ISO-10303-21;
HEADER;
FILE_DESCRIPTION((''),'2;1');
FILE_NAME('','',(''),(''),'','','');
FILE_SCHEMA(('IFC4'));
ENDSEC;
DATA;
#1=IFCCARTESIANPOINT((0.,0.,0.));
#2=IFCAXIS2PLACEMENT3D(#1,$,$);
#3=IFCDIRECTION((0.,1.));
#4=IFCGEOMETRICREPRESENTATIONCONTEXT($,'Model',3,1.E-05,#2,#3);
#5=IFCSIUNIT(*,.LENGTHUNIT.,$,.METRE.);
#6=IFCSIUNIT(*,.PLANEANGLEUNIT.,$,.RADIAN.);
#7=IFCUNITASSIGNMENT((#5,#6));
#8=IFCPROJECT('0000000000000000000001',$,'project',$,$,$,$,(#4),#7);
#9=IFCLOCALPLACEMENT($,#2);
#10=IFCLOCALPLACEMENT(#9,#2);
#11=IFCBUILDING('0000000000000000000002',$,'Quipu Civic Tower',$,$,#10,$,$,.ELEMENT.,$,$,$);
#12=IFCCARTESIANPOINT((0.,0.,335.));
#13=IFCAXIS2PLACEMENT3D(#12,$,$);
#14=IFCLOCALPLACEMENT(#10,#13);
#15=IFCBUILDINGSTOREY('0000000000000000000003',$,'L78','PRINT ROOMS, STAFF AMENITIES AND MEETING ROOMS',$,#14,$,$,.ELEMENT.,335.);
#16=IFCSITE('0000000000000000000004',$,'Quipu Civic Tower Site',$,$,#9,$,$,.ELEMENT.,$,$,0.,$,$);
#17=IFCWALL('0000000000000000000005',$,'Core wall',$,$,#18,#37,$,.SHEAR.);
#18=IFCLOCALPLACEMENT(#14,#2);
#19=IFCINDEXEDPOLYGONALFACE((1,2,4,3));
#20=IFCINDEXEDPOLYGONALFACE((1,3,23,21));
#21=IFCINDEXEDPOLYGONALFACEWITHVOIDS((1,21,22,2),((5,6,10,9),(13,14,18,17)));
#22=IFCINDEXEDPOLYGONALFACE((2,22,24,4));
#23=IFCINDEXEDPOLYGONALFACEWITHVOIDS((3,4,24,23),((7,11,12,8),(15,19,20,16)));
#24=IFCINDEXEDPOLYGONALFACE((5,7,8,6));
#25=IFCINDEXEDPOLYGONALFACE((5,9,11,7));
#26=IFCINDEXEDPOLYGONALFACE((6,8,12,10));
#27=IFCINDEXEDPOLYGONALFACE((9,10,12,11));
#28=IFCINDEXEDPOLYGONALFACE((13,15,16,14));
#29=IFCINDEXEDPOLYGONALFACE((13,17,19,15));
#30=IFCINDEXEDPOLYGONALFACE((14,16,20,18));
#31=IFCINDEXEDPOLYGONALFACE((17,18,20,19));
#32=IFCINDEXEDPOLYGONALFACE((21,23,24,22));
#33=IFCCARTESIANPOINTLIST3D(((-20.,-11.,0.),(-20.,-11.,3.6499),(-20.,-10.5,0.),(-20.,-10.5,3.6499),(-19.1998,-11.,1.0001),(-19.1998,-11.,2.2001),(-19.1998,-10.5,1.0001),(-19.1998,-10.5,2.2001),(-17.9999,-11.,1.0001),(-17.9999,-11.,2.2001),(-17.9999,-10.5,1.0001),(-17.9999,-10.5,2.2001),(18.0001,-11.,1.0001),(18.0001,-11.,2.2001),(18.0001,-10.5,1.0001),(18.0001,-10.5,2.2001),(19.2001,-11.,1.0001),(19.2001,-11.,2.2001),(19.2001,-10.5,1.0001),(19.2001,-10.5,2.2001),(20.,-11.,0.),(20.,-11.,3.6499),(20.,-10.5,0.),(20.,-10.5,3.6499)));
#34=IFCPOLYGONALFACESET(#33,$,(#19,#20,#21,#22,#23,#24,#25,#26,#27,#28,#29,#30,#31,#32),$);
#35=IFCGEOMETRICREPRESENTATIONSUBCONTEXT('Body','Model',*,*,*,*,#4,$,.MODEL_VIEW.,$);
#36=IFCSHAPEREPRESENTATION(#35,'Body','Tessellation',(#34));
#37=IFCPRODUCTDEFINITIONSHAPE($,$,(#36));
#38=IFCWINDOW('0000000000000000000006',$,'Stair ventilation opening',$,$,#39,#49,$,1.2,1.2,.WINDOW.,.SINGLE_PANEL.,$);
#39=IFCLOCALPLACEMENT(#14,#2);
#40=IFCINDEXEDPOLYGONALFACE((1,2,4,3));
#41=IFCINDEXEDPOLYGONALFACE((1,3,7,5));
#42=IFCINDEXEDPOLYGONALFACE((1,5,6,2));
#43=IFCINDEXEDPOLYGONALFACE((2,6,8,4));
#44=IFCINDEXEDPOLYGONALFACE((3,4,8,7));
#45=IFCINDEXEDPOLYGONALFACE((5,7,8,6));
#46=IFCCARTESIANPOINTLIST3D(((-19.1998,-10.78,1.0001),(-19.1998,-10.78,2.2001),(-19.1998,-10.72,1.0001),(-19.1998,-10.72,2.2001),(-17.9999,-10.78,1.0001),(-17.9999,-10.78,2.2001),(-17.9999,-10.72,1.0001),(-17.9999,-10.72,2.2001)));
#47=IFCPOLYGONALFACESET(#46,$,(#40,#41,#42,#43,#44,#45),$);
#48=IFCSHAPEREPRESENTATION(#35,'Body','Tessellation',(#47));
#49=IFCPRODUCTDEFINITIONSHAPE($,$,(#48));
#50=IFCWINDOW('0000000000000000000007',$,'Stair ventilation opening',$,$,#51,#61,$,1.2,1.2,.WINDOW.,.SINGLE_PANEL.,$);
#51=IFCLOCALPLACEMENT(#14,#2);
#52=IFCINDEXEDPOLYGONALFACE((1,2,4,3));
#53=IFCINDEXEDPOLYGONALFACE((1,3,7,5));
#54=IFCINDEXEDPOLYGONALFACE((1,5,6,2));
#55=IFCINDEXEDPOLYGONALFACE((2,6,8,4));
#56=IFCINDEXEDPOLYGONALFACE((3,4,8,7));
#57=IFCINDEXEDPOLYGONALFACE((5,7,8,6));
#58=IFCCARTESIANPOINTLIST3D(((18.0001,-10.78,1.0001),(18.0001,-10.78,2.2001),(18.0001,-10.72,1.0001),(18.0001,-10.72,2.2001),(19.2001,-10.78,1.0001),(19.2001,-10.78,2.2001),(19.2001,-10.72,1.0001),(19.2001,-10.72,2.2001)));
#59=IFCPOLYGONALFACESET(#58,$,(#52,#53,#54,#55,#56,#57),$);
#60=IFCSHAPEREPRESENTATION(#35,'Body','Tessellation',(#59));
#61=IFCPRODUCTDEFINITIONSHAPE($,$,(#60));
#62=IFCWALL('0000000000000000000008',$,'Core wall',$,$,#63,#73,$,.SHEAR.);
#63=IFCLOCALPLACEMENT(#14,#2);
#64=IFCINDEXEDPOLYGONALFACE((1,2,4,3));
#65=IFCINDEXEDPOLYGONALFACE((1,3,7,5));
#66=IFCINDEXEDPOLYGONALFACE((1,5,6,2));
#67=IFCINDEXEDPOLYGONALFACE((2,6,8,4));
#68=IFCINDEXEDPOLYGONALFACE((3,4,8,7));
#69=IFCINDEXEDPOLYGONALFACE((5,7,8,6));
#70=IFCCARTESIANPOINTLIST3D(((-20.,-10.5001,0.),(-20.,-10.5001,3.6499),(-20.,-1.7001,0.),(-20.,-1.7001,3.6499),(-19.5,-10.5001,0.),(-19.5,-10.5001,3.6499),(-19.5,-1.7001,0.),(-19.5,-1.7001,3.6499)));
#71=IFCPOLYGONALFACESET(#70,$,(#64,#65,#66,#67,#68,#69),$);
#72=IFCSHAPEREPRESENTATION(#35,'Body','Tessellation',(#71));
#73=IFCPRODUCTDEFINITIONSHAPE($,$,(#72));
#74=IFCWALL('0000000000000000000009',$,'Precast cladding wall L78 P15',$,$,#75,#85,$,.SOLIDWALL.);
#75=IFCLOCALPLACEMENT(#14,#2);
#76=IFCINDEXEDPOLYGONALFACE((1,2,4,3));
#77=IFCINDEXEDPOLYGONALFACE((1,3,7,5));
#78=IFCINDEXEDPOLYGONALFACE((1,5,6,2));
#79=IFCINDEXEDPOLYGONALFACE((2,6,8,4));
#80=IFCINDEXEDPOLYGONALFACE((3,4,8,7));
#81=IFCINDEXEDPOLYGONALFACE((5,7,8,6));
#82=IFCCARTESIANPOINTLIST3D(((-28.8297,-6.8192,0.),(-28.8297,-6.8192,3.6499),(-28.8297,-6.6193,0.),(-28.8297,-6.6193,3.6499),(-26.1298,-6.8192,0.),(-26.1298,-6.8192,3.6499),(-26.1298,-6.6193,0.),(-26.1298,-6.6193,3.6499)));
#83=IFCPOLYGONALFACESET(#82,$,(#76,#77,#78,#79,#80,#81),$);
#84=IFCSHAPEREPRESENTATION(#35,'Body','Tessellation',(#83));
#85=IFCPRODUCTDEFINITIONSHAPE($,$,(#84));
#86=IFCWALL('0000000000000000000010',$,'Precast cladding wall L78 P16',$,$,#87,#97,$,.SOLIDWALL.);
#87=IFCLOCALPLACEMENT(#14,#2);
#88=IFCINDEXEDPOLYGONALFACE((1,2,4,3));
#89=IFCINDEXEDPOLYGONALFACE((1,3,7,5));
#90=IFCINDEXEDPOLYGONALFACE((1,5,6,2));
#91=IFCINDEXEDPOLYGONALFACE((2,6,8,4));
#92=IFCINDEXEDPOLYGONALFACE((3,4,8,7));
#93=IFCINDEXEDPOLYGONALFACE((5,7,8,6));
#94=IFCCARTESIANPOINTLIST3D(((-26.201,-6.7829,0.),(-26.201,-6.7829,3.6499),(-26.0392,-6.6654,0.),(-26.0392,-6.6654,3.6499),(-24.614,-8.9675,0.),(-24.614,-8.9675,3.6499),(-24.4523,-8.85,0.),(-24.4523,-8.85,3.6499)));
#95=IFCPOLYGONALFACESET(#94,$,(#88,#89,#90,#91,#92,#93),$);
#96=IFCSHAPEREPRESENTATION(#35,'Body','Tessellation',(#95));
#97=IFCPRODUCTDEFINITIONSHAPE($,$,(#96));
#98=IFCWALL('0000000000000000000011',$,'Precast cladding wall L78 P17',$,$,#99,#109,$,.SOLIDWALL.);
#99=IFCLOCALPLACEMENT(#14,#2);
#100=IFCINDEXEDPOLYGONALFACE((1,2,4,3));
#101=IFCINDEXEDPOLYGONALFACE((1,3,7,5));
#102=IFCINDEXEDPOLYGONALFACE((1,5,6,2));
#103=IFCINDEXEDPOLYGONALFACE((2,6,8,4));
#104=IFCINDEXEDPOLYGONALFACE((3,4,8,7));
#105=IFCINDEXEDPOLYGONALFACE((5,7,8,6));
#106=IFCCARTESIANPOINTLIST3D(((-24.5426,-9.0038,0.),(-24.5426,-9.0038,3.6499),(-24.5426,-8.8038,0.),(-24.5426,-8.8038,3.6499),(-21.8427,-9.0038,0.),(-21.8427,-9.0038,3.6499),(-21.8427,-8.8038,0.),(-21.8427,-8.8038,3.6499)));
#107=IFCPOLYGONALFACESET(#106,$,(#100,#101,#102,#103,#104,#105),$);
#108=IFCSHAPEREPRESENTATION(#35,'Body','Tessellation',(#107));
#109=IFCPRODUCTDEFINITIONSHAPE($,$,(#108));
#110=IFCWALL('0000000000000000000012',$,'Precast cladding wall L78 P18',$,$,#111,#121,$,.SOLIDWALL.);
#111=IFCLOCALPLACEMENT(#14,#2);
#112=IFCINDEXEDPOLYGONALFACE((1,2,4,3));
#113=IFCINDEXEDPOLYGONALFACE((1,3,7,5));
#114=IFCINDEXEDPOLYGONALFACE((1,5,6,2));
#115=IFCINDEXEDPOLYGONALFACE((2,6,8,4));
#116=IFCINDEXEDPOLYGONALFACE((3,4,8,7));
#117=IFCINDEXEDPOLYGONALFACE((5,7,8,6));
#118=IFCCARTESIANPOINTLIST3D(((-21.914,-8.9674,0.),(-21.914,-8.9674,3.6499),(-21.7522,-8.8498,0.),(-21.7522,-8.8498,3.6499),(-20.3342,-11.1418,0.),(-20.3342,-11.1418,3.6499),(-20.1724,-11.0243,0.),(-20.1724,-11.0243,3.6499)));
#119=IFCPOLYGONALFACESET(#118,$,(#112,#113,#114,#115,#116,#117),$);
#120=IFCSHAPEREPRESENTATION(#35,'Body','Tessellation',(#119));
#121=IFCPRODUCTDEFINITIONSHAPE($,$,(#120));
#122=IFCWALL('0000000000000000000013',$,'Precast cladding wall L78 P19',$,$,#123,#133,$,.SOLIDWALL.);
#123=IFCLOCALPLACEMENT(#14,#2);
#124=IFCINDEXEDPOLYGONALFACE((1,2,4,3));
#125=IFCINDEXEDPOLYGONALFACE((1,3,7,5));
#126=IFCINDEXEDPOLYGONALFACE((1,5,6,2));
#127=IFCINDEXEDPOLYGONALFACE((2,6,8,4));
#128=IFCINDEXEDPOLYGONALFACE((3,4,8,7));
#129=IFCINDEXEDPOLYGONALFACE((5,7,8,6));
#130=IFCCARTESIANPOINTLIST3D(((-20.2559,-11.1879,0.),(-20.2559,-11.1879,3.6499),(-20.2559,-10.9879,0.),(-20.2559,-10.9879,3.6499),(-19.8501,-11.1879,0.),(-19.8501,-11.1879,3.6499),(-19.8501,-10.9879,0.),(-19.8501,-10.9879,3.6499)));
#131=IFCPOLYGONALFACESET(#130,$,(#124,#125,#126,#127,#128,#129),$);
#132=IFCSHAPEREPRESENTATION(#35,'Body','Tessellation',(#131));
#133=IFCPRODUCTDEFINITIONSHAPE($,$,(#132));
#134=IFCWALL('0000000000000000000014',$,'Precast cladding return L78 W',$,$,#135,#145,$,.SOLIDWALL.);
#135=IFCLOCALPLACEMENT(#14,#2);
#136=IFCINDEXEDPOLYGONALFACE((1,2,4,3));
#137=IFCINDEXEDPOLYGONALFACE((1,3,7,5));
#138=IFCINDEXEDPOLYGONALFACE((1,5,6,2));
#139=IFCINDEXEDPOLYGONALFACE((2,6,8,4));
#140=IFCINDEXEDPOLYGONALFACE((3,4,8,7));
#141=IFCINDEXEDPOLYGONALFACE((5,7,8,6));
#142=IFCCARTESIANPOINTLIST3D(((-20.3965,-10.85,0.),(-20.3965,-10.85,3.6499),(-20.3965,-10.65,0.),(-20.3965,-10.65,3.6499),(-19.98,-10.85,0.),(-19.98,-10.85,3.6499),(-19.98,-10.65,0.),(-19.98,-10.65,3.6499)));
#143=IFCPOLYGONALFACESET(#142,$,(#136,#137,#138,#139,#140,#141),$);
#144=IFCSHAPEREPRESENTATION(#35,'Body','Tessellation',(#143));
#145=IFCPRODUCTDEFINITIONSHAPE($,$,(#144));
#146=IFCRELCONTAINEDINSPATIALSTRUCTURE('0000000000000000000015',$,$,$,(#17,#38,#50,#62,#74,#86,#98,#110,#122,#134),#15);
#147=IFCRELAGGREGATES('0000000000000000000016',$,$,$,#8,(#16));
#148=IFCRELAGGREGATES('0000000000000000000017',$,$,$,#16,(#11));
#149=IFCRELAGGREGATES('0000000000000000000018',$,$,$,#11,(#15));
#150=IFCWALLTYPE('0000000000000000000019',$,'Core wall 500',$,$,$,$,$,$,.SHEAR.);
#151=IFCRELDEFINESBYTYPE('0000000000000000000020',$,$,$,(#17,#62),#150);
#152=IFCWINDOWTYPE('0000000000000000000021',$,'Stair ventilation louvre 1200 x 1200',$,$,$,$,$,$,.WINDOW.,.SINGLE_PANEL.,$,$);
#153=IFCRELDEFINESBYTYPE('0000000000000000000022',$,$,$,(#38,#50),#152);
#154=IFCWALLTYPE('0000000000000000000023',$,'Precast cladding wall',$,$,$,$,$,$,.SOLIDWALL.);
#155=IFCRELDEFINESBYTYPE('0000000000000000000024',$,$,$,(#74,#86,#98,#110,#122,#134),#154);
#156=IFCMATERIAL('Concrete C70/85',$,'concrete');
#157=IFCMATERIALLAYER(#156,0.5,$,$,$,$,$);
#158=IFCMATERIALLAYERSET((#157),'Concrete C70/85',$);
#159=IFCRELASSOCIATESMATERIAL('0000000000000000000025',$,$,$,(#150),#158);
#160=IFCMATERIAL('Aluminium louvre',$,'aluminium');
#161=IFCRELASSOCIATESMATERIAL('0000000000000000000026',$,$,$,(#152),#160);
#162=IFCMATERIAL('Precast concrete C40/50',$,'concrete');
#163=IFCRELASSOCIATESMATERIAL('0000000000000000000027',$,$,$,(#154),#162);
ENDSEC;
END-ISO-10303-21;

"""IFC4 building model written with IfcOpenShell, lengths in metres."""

from ifc_helpers import new_model, si_unit, direction, frame, frame_2d, origin, place, context, subcontext, project, spatial, rectangle, extrude, material, layer, layer_set, type_object, element, fill, save


model = new_model("IFC4")

# Units and contexts
model_context = context("Model", 3, precision=1e-05, world=origin(), true_north=direction((0.0, 1.0)))
body_context = subcontext(model_context, "Body", "Model", "MODEL_VIEW")
ifc_project = project(units=[si_unit("LENGTHUNIT", "METRE"), si_unit("PLANEANGLEUNIT", "RADIAN")], contexts=[model_context])

# Site, building, storey
site_placement = place(None, origin())
site = spatial("IfcSite", under=ifc_project, at=site_placement, Name="Quipu Civic Tower Site", CompositionType="ELEMENT", RefElevation=0.0)
building_placement = place(site_placement, origin())
building = spatial("IfcBuilding", under=site, at=building_placement, Name="Quipu Civic Tower", CompositionType="ELEMENT")
storey_placement = place(building_placement, frame((0.0, 0.0, 335.0)))
storey = spatial("IfcBuildingStorey", under=building, at=storey_placement, Name="L78", Description="PRINT ROOMS, STAFF AMENITIES AND MEETING ROOMS", CompositionType="ELEMENT", Elevation=335.0)

# Wall, openings, windows
ifc_material_1 = material(Name="Concrete C70/85", Category="concrete")
ifc_layer_1 = layer(ifc_material_1, 0.5)
ifc_layer_set_1 = layer_set([ifc_layer_1], Name="Concrete C70/85")
wall_type_1 = type_object("IfcWallType", Name="Core wall 500", PredefinedType="SHEAR", material=ifc_layer_set_1)
wall_1_placement = place(storey_placement, frame((-20.0, -10.75, 0.0), z_axis=(0.0, 0.0, 1.0), x_axis=(1.0, 0.0, 0.0)))
wall_1 = element("IfcWall", 1, at=wall_1_placement, inside=storey, type_object=wall_type_1, Name="Core wall", PredefinedType="SHEAR", context=body_context, shape_type="SweptSolid", body=[
    extrude(rectangle(XDim=40.0, YDim=0.5, at=frame_2d((20.0, 0.0))), origin(), (0.0, 0.0, 1.0), 3.6499),
])
opening_1_placement = place(wall_1_placement, frame((0.8, 0.0, 1.0)))
opening_1 = element("IfcOpeningElement", 2, at=opening_1_placement, cuts=wall_1, PredefinedType="OPENING", context=body_context, shape_type="SweptSolid", body=[
    extrude(rectangle(XDim=1.2, YDim=1.2, at=frame_2d((0.6001, 0.6001))), frame((0.0, 0.26, 0.0), z_axis=(0.0, -1.0, 0.0), x_axis=(1.0, 0.0, 0.0)), (0.0, 0.0, 1.0), 0.52),
])
opening_2_placement = place(wall_1_placement, frame((38.0, 0.0, 1.0)))
opening_2 = element("IfcOpeningElement", 3, at=opening_2_placement, cuts=wall_1, PredefinedType="OPENING", context=body_context, shape_type="SweptSolid", body=[
    extrude(rectangle(XDim=1.2, YDim=1.2, at=frame_2d((0.6001, 0.6001))), frame((0.0, 0.26, 0.0), z_axis=(0.0, -1.0, 0.0), x_axis=(1.0, 0.0, 0.0)), (0.0, 0.0, 1.0), 0.52),
])
ifc_material_2 = material(Name="Aluminium louvre", Category="aluminium")
window_type = type_object("IfcWindowType", Name="Stair ventilation louvre 1200 x 1200", PartitioningType="SINGLE_PANEL", PredefinedType="WINDOW", material=ifc_material_2)
window_1_placement = place(opening_1_placement, origin())
window_1 = element("IfcWindow", 4, at=window_1_placement, inside=storey, type_object=window_type, Name="Stair ventilation opening", OverallHeight=1.2, OverallWidth=1.2, PartitioningType="SINGLE_PANEL", PredefinedType="WINDOW", context=body_context, shape_type="SweptSolid", body=[
    extrude(rectangle(XDim=1.2, YDim=1.2, at=frame_2d((0.6001, 0.6001))), frame((0.0, 0.03, 0.0), z_axis=(0.0, -1.0, 0.0), x_axis=(1.0, 0.0, 0.0)), (0.0, 0.0, 1.0), 0.0601),
])
fill(opening_1, window_1)
window_2_placement = place(opening_2_placement, origin())
window_2 = element("IfcWindow", 5, at=window_2_placement, inside=storey, type_object=window_type, Name="Stair ventilation opening", OverallHeight=1.2, OverallWidth=1.2, PartitioningType="SINGLE_PANEL", PredefinedType="WINDOW", context=body_context, shape_type="SweptSolid", body=[
    extrude(rectangle(XDim=1.2, YDim=1.2, at=frame_2d((0.6001, 0.6001))), frame((0.0, 0.03, 0.0), z_axis=(0.0, -1.0, 0.0), x_axis=(1.0, 0.0, 0.0)), (0.0, 0.0, 1.0), 0.0601),
])
fill(opening_2, window_2)

# Walls
wall_2_placement = place(storey_placement, frame((-19.75, -10.5, 0.0), z_axis=(0.0, 0.0, 1.0), x_axis=(0.0, 1.0, 0.0)))
element("IfcWall", 6, at=wall_2_placement, inside=storey, type_object=wall_type_1, Name="Core wall", PredefinedType="SHEAR", context=body_context, shape_type="SweptSolid", body=[
    extrude(rectangle(XDim=8.8, YDim=0.5, at=frame_2d((4.3999, 0.0))), origin(), (0.0, 0.0, 1.0), 3.6499),
])
ifc_material_3 = material(Name="Precast concrete C40/50", Category="concrete")
wall_type_2 = type_object("IfcWallType", Name="Precast cladding wall", PredefinedType="SOLIDWALL", material=ifc_material_3)
wall_3_placement = place(storey_placement, frame((-28.8298, -6.7192, 0.0), z_axis=(0.0, 0.0, 1.0), x_axis=(1.0, 0.0, 0.0)))
element("IfcWall", 7, at=wall_3_placement, inside=storey, type_object=wall_type_2, Name="Precast cladding wall L78 P15", PredefinedType="SOLIDWALL", context=body_context, shape_type="SweptSolid", body=[
    extrude(rectangle(XDim=2.7, YDim=0.2, at=frame_2d((1.3501, 0.0))), origin(), (0.0, 0.0, 1.0), 3.6499),
])
wall_4_placement = place(storey_placement, frame((-26.1201, -6.7241, 0.0), z_axis=(0.0, 0.0, 1.0), x_axis=(0.58772, -0.809064, 0.0)))
element("IfcWall", 8, at=wall_4_placement, inside=storey, type_object=wall_type_2, Name="Precast cladding wall L78 P16", PredefinedType="SOLIDWALL", context=body_context, shape_type="SweptSolid", body=[
    extrude(rectangle(XDim=2.7002, YDim=0.2, at=frame_2d((1.3501, 0.0))), origin(), (0.0, 0.0, 1.0), 3.6499),
])
wall_5_placement = place(storey_placement, frame((-24.5427, -8.9038, 0.0), z_axis=(0.0, 0.0, 1.0), x_axis=(1.0, 0.0, 0.0)))
element("IfcWall", 9, at=wall_5_placement, inside=storey, type_object=wall_type_2, Name="Precast cladding wall L78 P17", PredefinedType="SOLIDWALL", context=body_context, shape_type="SweptSolid", body=[
    extrude(rectangle(XDim=2.7, YDim=0.2, at=frame_2d((1.3501, 0.0))), origin(), (0.0, 0.0, 1.0), 3.6499),
])
wall_6_placement = place(storey_placement, frame((-21.833, -8.9087, 0.0), z_axis=(0.0, 0.0, 1.0), x_axis=(0.587767, -0.809031, 0.0)))
element("IfcWall", 10, at=wall_6_placement, inside=storey, type_object=wall_type_2, Name="Precast cladding wall L78 P18", PredefinedType="SOLIDWALL", context=body_context, shape_type="SweptSolid", body=[
    extrude(rectangle(XDim=2.6877, YDim=0.2, at=frame_2d((1.3438, 0.0))), origin(), (0.0, 0.0, 1.0), 3.6499),
])
wall_7_placement = place(storey_placement, frame((-20.2559, -11.0879, 0.0), z_axis=(0.0, 0.0, 1.0), x_axis=(1.0, 0.0, 0.0)))
element("IfcWall", 11, at=wall_7_placement, inside=storey, type_object=wall_type_2, Name="Precast cladding wall L78 P19", PredefinedType="SOLIDWALL", context=body_context, shape_type="SweptSolid", body=[
    extrude(rectangle(XDim=0.4058, YDim=0.2, at=frame_2d((0.2029, 0.0))), origin(), (0.0, 0.0, 1.0), 3.6499),
])
wall_8_placement = place(storey_placement, frame((-19.98, -10.75, 0.0), z_axis=(0.0, 0.0, 1.0), x_axis=(-1.0, 0.0, 0.0)))
element("IfcWall", 12, at=wall_8_placement, inside=storey, type_object=wall_type_2, Name="Precast cladding return L78 W", PredefinedType="SOLIDWALL", context=body_context, shape_type="SweptSolid", body=[
    extrude(rectangle(XDim=0.4165, YDim=0.2, at=frame_2d((0.2083, 0.0))), origin(), (0.0, 0.0, 1.0), 3.6499),
])

save(model, "model.ifc")
